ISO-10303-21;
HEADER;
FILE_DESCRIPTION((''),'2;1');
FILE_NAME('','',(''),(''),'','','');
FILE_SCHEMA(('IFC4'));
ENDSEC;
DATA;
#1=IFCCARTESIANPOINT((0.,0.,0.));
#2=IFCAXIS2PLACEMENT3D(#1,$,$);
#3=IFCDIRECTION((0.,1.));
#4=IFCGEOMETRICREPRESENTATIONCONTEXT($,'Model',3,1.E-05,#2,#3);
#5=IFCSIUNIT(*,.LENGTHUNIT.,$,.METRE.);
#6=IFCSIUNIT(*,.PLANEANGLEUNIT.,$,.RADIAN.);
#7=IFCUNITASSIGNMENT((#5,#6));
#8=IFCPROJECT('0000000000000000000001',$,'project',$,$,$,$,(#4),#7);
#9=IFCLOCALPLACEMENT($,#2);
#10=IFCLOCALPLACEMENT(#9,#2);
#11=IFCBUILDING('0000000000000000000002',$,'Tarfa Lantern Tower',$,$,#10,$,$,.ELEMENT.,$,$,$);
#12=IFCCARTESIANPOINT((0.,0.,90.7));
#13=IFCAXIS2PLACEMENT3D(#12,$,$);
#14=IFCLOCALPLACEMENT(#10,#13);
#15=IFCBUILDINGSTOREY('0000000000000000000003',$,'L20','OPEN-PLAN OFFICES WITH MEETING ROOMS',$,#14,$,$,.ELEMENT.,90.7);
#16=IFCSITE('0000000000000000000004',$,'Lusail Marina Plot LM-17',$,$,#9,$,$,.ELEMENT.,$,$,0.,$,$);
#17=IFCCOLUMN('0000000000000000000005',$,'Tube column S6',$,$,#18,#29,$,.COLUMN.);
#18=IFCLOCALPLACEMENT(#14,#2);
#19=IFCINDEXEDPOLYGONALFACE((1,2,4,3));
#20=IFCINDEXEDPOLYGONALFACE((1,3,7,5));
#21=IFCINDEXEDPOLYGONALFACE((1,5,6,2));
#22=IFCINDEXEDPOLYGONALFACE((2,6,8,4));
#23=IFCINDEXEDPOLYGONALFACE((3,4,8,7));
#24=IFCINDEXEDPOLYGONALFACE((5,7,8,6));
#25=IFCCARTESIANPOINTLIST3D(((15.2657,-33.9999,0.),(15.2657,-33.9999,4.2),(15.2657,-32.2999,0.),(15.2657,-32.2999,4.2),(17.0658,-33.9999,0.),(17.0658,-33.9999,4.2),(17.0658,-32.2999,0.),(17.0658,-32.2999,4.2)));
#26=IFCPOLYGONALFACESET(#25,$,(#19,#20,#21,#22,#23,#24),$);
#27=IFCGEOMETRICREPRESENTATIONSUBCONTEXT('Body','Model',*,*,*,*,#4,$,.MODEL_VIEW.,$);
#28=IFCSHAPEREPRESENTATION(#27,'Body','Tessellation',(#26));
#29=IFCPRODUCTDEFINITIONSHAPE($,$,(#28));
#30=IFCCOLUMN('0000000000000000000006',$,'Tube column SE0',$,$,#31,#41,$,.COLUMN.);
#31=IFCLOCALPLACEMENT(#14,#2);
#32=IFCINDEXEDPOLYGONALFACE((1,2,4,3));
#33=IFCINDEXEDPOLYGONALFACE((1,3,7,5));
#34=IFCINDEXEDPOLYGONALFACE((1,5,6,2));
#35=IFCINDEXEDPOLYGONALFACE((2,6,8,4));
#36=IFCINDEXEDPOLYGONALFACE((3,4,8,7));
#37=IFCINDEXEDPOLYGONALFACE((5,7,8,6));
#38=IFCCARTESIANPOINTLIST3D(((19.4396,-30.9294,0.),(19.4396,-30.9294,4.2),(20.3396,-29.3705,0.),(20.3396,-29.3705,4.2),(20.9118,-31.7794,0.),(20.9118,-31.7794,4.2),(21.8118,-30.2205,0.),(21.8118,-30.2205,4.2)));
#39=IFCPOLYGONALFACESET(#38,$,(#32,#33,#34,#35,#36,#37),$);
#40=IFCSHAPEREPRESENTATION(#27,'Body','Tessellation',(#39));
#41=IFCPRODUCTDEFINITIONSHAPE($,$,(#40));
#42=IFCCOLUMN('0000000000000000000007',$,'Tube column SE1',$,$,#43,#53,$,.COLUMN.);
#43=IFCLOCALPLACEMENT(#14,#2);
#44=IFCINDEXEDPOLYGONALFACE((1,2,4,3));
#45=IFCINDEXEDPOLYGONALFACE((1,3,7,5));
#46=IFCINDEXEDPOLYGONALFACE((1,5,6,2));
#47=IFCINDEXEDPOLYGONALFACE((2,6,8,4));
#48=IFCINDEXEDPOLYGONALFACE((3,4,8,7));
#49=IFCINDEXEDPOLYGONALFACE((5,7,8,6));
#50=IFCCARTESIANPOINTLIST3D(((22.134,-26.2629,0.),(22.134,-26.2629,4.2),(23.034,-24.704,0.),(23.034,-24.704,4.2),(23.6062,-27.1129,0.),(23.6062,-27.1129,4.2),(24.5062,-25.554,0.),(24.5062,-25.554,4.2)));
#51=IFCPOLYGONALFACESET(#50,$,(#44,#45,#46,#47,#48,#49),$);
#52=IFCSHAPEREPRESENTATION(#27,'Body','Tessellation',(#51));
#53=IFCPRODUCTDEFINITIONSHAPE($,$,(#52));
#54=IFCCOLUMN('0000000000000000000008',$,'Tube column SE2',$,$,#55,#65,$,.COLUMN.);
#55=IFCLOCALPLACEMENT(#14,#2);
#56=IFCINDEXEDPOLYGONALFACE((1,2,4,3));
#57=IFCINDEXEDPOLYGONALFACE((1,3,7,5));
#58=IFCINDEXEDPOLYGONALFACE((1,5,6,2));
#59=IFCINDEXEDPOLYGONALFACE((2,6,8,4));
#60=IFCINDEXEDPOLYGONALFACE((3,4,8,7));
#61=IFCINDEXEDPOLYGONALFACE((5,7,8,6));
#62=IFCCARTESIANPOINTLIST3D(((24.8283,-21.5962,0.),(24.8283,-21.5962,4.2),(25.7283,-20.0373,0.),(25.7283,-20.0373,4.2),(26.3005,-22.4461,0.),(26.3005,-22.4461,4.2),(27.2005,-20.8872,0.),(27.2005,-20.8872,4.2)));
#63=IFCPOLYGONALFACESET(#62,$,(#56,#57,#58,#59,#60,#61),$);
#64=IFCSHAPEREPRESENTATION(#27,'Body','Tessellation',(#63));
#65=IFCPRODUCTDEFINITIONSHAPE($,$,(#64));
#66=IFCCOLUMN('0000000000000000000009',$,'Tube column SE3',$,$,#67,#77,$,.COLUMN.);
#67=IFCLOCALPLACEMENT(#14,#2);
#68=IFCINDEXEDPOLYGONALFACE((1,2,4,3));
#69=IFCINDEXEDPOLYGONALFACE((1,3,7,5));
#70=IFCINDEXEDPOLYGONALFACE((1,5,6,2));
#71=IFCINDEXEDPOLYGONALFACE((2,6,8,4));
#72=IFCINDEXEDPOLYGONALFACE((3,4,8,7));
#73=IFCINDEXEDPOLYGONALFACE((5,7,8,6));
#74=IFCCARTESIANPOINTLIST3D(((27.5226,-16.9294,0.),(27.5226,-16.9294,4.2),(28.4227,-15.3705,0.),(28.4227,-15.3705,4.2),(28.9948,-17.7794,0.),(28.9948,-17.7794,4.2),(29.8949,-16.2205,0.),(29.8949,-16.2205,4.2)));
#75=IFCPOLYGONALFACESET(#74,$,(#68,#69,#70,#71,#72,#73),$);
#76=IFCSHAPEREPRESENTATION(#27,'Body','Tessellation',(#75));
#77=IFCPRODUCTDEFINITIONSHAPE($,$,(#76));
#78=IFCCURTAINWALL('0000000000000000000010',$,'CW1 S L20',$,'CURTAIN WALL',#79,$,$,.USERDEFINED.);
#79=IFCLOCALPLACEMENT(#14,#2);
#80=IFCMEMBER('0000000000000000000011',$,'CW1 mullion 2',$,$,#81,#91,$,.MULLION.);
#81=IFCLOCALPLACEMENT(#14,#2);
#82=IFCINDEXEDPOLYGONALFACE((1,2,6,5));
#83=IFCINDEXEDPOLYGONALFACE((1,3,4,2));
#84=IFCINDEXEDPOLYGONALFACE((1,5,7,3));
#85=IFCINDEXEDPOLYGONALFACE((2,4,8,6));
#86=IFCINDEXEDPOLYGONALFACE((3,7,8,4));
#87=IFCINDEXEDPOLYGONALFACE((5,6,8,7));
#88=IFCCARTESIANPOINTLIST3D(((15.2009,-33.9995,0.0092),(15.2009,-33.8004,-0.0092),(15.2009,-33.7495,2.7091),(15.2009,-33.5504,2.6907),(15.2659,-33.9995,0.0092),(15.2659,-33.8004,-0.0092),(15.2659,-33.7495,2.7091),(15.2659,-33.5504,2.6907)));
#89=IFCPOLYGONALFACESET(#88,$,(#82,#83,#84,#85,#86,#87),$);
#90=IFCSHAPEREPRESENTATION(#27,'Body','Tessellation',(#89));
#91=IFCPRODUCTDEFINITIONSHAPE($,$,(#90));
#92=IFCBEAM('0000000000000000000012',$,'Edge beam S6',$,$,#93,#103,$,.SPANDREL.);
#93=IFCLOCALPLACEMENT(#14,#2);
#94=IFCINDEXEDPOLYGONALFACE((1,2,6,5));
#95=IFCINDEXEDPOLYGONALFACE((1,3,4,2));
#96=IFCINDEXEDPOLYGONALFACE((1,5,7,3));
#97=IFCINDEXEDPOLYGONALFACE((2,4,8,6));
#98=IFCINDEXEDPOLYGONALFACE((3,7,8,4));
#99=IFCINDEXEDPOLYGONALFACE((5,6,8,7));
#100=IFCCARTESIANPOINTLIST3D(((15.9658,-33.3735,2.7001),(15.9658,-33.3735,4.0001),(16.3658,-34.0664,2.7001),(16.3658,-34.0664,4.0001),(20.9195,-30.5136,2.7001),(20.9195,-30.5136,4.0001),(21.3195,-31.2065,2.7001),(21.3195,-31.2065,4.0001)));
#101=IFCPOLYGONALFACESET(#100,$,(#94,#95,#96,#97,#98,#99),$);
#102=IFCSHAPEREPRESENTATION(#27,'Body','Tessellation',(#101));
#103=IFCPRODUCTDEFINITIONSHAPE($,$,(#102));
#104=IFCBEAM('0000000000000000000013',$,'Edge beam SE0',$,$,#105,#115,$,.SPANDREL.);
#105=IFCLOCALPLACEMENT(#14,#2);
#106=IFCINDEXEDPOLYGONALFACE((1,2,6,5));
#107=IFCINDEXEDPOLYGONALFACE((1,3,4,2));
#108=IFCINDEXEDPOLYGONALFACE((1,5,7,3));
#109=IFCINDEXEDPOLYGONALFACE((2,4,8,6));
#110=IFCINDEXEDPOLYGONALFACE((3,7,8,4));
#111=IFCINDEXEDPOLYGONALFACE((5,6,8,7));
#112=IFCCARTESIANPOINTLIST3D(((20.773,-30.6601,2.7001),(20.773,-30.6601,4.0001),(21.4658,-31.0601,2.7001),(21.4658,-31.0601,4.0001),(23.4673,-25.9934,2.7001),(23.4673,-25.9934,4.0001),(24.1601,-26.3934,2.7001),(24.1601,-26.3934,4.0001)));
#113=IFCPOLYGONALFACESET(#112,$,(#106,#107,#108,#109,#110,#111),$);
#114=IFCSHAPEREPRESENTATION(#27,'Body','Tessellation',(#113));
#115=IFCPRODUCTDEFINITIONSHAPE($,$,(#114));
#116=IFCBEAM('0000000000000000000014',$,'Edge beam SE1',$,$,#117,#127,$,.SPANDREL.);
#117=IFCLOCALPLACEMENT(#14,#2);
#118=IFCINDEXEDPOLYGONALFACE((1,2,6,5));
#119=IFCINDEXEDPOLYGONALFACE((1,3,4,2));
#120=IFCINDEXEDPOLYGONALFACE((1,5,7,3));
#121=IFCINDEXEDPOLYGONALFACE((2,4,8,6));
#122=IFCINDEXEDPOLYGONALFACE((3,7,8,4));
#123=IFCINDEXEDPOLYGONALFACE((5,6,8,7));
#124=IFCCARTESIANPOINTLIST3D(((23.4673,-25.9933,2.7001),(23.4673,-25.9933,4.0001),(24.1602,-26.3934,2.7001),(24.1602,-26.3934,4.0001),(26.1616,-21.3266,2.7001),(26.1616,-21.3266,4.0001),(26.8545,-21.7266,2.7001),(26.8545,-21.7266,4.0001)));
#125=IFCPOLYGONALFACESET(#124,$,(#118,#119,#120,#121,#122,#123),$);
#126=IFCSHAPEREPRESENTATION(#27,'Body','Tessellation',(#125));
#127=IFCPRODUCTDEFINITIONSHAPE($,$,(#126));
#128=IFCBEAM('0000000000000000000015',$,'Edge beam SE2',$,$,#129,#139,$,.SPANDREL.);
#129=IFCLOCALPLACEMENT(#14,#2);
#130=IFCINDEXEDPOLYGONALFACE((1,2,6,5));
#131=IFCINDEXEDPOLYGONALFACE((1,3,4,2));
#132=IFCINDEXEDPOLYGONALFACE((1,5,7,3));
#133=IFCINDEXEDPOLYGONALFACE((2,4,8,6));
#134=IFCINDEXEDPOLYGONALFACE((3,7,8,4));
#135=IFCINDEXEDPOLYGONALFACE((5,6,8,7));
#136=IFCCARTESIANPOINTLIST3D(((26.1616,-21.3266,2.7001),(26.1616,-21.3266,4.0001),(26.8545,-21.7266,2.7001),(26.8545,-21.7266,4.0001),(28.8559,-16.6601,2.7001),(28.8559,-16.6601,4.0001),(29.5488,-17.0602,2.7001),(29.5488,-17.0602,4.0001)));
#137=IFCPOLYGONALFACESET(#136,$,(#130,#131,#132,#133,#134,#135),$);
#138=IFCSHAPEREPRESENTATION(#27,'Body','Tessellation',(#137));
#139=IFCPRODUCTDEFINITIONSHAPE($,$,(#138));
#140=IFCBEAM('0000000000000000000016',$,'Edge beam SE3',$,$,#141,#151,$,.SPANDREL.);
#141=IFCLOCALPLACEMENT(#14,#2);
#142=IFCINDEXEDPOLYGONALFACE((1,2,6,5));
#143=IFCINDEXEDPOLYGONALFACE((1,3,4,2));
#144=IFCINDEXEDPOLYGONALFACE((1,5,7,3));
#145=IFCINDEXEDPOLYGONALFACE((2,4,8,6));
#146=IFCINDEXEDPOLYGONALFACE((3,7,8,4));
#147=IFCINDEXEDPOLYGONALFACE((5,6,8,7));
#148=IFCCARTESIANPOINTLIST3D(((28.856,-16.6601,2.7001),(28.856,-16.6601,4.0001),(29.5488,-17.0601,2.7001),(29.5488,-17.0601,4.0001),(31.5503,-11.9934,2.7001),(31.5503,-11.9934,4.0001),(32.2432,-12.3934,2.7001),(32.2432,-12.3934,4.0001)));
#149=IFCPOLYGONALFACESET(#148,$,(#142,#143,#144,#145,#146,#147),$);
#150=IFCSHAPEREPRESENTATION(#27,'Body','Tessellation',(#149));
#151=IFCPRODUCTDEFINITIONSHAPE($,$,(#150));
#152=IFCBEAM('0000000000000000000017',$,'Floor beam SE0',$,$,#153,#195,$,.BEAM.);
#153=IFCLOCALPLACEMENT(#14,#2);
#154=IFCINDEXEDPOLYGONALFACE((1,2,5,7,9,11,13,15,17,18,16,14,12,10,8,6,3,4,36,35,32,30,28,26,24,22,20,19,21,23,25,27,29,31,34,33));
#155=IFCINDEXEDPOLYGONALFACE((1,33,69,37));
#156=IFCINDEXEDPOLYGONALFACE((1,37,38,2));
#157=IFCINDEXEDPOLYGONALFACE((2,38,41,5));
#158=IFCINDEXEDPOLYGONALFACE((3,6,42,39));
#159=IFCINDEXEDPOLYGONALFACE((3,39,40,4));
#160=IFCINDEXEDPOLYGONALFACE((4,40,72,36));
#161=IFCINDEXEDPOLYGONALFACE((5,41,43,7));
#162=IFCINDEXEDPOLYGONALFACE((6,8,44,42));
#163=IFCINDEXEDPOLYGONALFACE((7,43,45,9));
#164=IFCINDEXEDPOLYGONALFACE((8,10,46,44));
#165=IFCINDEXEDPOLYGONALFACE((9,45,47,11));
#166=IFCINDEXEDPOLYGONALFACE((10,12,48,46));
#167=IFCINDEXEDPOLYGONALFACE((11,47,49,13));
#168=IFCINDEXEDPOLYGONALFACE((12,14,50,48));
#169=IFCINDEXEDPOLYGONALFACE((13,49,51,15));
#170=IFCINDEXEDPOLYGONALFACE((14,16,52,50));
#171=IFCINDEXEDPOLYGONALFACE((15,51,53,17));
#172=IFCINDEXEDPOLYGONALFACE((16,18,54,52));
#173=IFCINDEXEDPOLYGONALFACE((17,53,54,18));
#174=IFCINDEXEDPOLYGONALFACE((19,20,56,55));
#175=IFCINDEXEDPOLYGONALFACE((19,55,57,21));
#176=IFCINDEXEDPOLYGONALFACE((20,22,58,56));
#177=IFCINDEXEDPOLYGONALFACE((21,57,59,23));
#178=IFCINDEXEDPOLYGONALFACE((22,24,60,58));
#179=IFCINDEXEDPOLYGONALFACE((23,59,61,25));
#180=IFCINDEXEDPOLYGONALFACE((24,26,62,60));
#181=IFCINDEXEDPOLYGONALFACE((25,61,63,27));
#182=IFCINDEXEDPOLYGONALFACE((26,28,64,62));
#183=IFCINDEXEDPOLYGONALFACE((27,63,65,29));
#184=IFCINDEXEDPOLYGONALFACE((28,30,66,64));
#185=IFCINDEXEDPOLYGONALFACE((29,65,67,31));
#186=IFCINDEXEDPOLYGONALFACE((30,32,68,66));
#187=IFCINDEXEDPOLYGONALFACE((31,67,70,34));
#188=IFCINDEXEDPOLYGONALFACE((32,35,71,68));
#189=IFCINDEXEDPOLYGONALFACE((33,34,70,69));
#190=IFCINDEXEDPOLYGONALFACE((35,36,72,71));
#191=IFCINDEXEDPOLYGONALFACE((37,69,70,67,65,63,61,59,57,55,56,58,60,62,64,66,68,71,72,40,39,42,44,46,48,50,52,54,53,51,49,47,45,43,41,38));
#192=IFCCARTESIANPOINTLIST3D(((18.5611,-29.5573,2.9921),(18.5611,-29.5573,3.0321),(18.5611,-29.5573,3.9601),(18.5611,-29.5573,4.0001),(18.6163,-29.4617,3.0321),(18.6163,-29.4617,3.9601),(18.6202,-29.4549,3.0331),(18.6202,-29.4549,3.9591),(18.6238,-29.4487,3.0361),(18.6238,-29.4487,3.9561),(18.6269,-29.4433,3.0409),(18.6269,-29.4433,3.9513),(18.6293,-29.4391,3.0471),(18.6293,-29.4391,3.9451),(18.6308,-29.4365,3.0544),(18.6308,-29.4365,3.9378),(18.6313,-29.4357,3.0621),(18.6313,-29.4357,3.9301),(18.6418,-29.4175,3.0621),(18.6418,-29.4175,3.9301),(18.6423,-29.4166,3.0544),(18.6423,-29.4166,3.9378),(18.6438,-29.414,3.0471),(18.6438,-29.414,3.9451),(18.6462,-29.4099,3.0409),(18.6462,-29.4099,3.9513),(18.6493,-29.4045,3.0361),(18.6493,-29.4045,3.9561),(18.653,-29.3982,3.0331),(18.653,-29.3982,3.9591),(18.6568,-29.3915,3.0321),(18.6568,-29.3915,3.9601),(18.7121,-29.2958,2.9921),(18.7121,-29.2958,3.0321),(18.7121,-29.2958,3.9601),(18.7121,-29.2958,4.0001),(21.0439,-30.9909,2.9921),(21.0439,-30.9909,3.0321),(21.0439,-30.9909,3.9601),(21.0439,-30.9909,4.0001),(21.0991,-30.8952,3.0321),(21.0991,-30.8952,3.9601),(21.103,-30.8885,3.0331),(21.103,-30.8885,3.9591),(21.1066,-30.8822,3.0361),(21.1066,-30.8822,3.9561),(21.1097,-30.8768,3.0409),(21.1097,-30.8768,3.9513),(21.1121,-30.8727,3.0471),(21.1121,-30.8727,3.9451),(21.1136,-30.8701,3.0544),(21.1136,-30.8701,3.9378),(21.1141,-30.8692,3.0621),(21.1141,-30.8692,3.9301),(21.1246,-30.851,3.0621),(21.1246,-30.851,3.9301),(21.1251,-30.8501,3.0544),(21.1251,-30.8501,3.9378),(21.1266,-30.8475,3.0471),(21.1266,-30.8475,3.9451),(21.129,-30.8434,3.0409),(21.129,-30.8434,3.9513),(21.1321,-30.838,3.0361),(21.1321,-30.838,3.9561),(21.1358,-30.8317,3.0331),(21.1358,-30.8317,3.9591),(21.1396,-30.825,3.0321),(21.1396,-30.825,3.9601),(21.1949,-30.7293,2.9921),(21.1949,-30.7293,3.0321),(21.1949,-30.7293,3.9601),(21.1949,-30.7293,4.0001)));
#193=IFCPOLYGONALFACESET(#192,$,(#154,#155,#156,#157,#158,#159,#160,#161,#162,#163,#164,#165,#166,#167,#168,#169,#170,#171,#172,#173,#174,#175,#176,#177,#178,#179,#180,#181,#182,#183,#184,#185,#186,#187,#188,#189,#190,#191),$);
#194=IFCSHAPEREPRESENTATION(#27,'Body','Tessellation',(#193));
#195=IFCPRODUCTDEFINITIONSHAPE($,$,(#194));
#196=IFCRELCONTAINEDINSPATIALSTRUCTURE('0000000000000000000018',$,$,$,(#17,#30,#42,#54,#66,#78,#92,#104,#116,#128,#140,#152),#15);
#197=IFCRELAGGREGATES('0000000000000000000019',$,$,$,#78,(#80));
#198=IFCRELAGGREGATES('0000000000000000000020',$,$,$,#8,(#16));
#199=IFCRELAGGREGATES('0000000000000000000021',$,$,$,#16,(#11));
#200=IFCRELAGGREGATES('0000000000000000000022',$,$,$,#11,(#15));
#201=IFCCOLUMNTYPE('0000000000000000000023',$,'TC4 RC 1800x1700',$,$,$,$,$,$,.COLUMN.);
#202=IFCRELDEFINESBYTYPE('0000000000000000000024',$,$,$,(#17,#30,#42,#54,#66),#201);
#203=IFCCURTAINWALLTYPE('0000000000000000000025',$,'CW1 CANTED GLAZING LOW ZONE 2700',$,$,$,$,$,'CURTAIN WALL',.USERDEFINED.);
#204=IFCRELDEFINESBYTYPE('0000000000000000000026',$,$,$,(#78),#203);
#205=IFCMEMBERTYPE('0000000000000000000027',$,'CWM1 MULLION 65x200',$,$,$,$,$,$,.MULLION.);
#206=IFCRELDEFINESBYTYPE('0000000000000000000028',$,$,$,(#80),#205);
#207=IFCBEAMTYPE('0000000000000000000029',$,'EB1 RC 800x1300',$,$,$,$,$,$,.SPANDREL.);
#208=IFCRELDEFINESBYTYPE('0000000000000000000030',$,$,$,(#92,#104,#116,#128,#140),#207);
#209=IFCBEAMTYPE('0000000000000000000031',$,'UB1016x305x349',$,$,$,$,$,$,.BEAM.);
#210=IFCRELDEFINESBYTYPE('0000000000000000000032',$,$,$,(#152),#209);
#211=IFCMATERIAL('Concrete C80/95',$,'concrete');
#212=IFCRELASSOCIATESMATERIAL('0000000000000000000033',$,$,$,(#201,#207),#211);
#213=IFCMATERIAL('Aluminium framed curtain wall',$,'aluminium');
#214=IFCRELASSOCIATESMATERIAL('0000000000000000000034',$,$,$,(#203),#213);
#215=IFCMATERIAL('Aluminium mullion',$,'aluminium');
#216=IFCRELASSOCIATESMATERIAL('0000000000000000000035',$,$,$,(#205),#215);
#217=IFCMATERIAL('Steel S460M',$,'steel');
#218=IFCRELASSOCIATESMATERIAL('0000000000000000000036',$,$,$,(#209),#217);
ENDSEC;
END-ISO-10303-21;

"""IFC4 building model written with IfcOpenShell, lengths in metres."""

from ifc_helpers import new_model, si_unit, direction, frame, origin, origin_2d, place, context, subcontext, project, spatial, rectangle, i_section, extrude, material, material_profile, profile_set, type_object, element, aggregate, save


model = new_model("IFC4")

# Units and contexts
model_context = context("Model", 3, precision=1e-05, world=origin(), true_north=direction((0.0, 1.0)))
body_context = subcontext(model_context, "Body", "Model", "MODEL_VIEW")
ifc_project = project(units=[si_unit("LENGTHUNIT", "METRE"), si_unit("PLANEANGLEUNIT", "RADIAN")], contexts=[model_context])

# Site, building, storey
site_placement = place(None, origin())
site = spatial("IfcSite", under=ifc_project, at=site_placement, Name="Lusail Marina Plot LM-17", CompositionType="ELEMENT", RefElevation=0.0)
building_placement = place(site_placement, origin())
building = spatial("IfcBuilding", under=site, at=building_placement, Name="Tarfa Lantern Tower", CompositionType="ELEMENT")
storey_placement = place(building_placement, frame((0.0, 0.0, 90.7)))
storey = spatial("IfcBuildingStorey", under=building, at=storey_placement, Name="L20", Description="OPEN-PLAN OFFICES WITH MEETING ROOMS", CompositionType="ELEMENT", Elevation=90.7)

# Columns
ifc_material_1 = material(Name="Concrete C80/95", Category="concrete")
ifc_material_profile_1 = material_profile(ifc_material_1, rectangle(XDim=1.8, YDim=1.7, at=origin_2d()), Name="RC 1800x1700")
ifc_profile_set_1 = profile_set([ifc_material_profile_1], Name="Concrete C80/95")
column_type = type_object("IfcColumnType", Name="TC4 RC 1800x1700", PredefinedType="COLUMN", material=ifc_profile_set_1)
for number, where, z_axis, x_axis, name in (
    (1, (16.1658, -33.1499, 0.0), (0.0, 0.0, 1.0), (1.0, 0.0, 0.0), "Tube column S6"),
    (2, (20.6257, -30.575, 0.0), (0.0, 0.0, 1.0), (0.5, 0.866025, 0.0), "Tube column SE0"),
    (3, (23.3201, -25.9084, 0.0), (0.0, 0.0, 1.0), (0.5, 0.866025, 0.0), "Tube column SE1"),
    (4, (26.0144, -21.2417, 0.0), (0.0, 0.0, 1.0), (0.5, 0.866025, 0.0), "Tube column SE2"),
    (5, (28.7087, -16.575, 0.0), (0.0, 0.0, 1.0), (0.5, 0.866025, 0.0), "Tube column SE3"),
):
    element("IfcColumn", number, at=place(storey_placement, frame(where, z_axis=z_axis, x_axis=x_axis)), inside=storey, type_object=column_type, Name=name, PredefinedType="COLUMN", context=body_context, shape_type="SweptSolid", body=[
        extrude(rectangle(XDim=1.8, YDim=1.7, at=origin_2d()), origin(), (0.0, 0.0, 1.0), 4.2),
    ])

# Curtain wall, member
ifc_material_2 = material(Name="Aluminium framed curtain wall", Category="aluminium")
curtain_wall_type = type_object("IfcCurtainWallType", Name="CW1 CANTED GLAZING LOW ZONE 2700", ElementType="CURTAIN WALL", PredefinedType="USERDEFINED", material=ifc_material_2)
curtain_wall_placement = place(storey_placement, origin())
curtain_wall = element("IfcCurtainWall", 6, at=curtain_wall_placement, inside=storey, type_object=curtain_wall_type, Name="CW1 S L20", ObjectType="CURTAIN WALL", PredefinedType="USERDEFINED")
ifc_material_3 = material(Name="Aluminium mullion", Category="aluminium")
ifc_material_profile_2 = material_profile(ifc_material_3, rectangle(XDim=0.0649, YDim=0.2, at=origin_2d()), Name="AL MULLION 65x200")
ifc_profile_set_2 = profile_set([ifc_material_profile_2], Name="Aluminium mullion")
member_type = type_object("IfcMemberType", Name="CWM1 MULLION 65x200", PredefinedType="MULLION", material=ifc_profile_set_2)
member_placement = place(storey_placement, frame((15.2334, -33.8999, 0.0), z_axis=(0.0, 0.0922, 0.995741), x_axis=(-1.0, 0.0, 0.0)))
member = element("IfcMember", 7, at=member_placement, type_object=member_type, Name="CW1 mullion 2", PredefinedType="MULLION", context=body_context, shape_type="SweptSolid", body=[
    extrude(rectangle(XDim=0.0649, YDim=0.2, at=origin_2d()), origin(), (0.0, 0.0, 1.0), 2.7114),
])
aggregate(curtain_wall, [member])

# Beams
ifc_material_profile_3 = material_profile(ifc_material_1, rectangle(XDim=0.8, YDim=1.3, at=origin_2d()), Name="RC 800x1300")
ifc_profile_set_3 = profile_set([ifc_material_profile_3], Name="Concrete C80/95")
beam_type_1 = type_object("IfcBeamType", Name="EB1 RC 800x1300", PredefinedType="SPANDREL", material=ifc_profile_set_3)
beam_1_placement = place(storey_placement, frame((16.1658, -33.72, 3.3501), z_axis=(0.866033, 0.499986, 0.0), x_axis=(-0.499986, 0.866033, 0.0)))
element("IfcBeam", 8, at=beam_1_placement, inside=storey, type_object=beam_type_1, Name="Edge beam S6", PredefinedType="SPANDREL", context=body_context, shape_type="SweptSolid", body=[
    extrude(rectangle(XDim=0.8, YDim=1.3, at=origin_2d()), origin(), (0.0, 0.0, 1.0), 5.72),
])
for number, where, z_axis, x_axis, name in (
    (9, (21.1194, -30.8601, 3.3501), (0.499998, 0.866026, 0.0), (-0.866026, 0.499998, 0.0), "Edge beam SE0"),
    (10, (23.8137, -26.1934, 3.3501), (0.499998, 0.866026, 0.0), (-0.866026, 0.499998, 0.0), "Edge beam SE1"),
):
    element("IfcBeam", number, at=place(storey_placement, frame(where, z_axis=z_axis, x_axis=x_axis)), inside=storey, type_object=beam_type_1, Name=name, PredefinedType="SPANDREL", context=body_context, shape_type="SweptSolid", body=[
        extrude(rectangle(XDim=0.8, YDim=1.3, at=origin_2d()), origin(), (0.0, 0.0, 1.0), 5.3887),
    ])
beam_2_placement = place(storey_placement, frame((26.5081, -21.5266, 3.3501), z_axis=(0.500018, 0.866015, 0.0), x_axis=(-0.866015, 0.500018, 0.0)))
element("IfcBeam", 11, at=beam_2_placement, inside=storey, type_object=beam_type_1, Name="Edge beam SE2", PredefinedType="SPANDREL", context=body_context, shape_type="SweptSolid", body=[
    extrude(rectangle(XDim=0.8, YDim=1.3, at=origin_2d()), origin(), (0.0, 0.0, 1.0), 5.3884),
])
beam_3_placement = place(storey_placement, frame((29.2024, -16.8601, 3.3501), z_axis=(0.499998, 0.866026, 0.0), x_axis=(-0.866026, 0.499998, 0.0)))
element("IfcBeam", 12, at=beam_3_placement, inside=storey, type_object=beam_type_1, Name="Edge beam SE3", PredefinedType="SPANDREL", context=body_context, shape_type="SweptSolid", body=[
    extrude(rectangle(XDim=0.8, YDim=1.3, at=origin_2d()), origin(), (0.0, 0.0, 1.0), 5.3887),
])
ifc_material_4 = material(Name="Steel S460M", Category="steel")
ifc_material_profile_4 = material_profile(ifc_material_4, i_section(OverallWidth=0.302, OverallDepth=1.0081, WebThickness=0.021, FlangeThickness=0.04, FilletRadius=0.03, at=origin_2d()), Name="UB1016x305x349")
ifc_profile_set_4 = profile_set([ifc_material_profile_4], Name="Steel S460M")
beam_type_2 = type_object("IfcBeamType", Name="UB1016x305x349", PredefinedType="BEAM", material=ifc_profile_set_4)
beam_4_placement = place(storey_placement, frame((21.1194, -30.8601, 3.4961), z_axis=(-0.866013, 0.500022, 0.0), x_axis=(-0.500022, -0.866013, 0.0)))
element("IfcBeam", 13, at=beam_4_placement, inside=storey, type_object=beam_type_2, Name="Floor beam SE0", PredefinedType="BEAM", context=body_context, shape_type="SweptSolid", body=[
    extrude(i_section(OverallWidth=0.302, OverallDepth=1.0081, WebThickness=0.021, FlangeThickness=0.04, FilletRadius=0.03, at=origin_2d()), origin(), (0.0, 0.0, 1.0), 2.8669),
])

save(model, "model.ifc")
